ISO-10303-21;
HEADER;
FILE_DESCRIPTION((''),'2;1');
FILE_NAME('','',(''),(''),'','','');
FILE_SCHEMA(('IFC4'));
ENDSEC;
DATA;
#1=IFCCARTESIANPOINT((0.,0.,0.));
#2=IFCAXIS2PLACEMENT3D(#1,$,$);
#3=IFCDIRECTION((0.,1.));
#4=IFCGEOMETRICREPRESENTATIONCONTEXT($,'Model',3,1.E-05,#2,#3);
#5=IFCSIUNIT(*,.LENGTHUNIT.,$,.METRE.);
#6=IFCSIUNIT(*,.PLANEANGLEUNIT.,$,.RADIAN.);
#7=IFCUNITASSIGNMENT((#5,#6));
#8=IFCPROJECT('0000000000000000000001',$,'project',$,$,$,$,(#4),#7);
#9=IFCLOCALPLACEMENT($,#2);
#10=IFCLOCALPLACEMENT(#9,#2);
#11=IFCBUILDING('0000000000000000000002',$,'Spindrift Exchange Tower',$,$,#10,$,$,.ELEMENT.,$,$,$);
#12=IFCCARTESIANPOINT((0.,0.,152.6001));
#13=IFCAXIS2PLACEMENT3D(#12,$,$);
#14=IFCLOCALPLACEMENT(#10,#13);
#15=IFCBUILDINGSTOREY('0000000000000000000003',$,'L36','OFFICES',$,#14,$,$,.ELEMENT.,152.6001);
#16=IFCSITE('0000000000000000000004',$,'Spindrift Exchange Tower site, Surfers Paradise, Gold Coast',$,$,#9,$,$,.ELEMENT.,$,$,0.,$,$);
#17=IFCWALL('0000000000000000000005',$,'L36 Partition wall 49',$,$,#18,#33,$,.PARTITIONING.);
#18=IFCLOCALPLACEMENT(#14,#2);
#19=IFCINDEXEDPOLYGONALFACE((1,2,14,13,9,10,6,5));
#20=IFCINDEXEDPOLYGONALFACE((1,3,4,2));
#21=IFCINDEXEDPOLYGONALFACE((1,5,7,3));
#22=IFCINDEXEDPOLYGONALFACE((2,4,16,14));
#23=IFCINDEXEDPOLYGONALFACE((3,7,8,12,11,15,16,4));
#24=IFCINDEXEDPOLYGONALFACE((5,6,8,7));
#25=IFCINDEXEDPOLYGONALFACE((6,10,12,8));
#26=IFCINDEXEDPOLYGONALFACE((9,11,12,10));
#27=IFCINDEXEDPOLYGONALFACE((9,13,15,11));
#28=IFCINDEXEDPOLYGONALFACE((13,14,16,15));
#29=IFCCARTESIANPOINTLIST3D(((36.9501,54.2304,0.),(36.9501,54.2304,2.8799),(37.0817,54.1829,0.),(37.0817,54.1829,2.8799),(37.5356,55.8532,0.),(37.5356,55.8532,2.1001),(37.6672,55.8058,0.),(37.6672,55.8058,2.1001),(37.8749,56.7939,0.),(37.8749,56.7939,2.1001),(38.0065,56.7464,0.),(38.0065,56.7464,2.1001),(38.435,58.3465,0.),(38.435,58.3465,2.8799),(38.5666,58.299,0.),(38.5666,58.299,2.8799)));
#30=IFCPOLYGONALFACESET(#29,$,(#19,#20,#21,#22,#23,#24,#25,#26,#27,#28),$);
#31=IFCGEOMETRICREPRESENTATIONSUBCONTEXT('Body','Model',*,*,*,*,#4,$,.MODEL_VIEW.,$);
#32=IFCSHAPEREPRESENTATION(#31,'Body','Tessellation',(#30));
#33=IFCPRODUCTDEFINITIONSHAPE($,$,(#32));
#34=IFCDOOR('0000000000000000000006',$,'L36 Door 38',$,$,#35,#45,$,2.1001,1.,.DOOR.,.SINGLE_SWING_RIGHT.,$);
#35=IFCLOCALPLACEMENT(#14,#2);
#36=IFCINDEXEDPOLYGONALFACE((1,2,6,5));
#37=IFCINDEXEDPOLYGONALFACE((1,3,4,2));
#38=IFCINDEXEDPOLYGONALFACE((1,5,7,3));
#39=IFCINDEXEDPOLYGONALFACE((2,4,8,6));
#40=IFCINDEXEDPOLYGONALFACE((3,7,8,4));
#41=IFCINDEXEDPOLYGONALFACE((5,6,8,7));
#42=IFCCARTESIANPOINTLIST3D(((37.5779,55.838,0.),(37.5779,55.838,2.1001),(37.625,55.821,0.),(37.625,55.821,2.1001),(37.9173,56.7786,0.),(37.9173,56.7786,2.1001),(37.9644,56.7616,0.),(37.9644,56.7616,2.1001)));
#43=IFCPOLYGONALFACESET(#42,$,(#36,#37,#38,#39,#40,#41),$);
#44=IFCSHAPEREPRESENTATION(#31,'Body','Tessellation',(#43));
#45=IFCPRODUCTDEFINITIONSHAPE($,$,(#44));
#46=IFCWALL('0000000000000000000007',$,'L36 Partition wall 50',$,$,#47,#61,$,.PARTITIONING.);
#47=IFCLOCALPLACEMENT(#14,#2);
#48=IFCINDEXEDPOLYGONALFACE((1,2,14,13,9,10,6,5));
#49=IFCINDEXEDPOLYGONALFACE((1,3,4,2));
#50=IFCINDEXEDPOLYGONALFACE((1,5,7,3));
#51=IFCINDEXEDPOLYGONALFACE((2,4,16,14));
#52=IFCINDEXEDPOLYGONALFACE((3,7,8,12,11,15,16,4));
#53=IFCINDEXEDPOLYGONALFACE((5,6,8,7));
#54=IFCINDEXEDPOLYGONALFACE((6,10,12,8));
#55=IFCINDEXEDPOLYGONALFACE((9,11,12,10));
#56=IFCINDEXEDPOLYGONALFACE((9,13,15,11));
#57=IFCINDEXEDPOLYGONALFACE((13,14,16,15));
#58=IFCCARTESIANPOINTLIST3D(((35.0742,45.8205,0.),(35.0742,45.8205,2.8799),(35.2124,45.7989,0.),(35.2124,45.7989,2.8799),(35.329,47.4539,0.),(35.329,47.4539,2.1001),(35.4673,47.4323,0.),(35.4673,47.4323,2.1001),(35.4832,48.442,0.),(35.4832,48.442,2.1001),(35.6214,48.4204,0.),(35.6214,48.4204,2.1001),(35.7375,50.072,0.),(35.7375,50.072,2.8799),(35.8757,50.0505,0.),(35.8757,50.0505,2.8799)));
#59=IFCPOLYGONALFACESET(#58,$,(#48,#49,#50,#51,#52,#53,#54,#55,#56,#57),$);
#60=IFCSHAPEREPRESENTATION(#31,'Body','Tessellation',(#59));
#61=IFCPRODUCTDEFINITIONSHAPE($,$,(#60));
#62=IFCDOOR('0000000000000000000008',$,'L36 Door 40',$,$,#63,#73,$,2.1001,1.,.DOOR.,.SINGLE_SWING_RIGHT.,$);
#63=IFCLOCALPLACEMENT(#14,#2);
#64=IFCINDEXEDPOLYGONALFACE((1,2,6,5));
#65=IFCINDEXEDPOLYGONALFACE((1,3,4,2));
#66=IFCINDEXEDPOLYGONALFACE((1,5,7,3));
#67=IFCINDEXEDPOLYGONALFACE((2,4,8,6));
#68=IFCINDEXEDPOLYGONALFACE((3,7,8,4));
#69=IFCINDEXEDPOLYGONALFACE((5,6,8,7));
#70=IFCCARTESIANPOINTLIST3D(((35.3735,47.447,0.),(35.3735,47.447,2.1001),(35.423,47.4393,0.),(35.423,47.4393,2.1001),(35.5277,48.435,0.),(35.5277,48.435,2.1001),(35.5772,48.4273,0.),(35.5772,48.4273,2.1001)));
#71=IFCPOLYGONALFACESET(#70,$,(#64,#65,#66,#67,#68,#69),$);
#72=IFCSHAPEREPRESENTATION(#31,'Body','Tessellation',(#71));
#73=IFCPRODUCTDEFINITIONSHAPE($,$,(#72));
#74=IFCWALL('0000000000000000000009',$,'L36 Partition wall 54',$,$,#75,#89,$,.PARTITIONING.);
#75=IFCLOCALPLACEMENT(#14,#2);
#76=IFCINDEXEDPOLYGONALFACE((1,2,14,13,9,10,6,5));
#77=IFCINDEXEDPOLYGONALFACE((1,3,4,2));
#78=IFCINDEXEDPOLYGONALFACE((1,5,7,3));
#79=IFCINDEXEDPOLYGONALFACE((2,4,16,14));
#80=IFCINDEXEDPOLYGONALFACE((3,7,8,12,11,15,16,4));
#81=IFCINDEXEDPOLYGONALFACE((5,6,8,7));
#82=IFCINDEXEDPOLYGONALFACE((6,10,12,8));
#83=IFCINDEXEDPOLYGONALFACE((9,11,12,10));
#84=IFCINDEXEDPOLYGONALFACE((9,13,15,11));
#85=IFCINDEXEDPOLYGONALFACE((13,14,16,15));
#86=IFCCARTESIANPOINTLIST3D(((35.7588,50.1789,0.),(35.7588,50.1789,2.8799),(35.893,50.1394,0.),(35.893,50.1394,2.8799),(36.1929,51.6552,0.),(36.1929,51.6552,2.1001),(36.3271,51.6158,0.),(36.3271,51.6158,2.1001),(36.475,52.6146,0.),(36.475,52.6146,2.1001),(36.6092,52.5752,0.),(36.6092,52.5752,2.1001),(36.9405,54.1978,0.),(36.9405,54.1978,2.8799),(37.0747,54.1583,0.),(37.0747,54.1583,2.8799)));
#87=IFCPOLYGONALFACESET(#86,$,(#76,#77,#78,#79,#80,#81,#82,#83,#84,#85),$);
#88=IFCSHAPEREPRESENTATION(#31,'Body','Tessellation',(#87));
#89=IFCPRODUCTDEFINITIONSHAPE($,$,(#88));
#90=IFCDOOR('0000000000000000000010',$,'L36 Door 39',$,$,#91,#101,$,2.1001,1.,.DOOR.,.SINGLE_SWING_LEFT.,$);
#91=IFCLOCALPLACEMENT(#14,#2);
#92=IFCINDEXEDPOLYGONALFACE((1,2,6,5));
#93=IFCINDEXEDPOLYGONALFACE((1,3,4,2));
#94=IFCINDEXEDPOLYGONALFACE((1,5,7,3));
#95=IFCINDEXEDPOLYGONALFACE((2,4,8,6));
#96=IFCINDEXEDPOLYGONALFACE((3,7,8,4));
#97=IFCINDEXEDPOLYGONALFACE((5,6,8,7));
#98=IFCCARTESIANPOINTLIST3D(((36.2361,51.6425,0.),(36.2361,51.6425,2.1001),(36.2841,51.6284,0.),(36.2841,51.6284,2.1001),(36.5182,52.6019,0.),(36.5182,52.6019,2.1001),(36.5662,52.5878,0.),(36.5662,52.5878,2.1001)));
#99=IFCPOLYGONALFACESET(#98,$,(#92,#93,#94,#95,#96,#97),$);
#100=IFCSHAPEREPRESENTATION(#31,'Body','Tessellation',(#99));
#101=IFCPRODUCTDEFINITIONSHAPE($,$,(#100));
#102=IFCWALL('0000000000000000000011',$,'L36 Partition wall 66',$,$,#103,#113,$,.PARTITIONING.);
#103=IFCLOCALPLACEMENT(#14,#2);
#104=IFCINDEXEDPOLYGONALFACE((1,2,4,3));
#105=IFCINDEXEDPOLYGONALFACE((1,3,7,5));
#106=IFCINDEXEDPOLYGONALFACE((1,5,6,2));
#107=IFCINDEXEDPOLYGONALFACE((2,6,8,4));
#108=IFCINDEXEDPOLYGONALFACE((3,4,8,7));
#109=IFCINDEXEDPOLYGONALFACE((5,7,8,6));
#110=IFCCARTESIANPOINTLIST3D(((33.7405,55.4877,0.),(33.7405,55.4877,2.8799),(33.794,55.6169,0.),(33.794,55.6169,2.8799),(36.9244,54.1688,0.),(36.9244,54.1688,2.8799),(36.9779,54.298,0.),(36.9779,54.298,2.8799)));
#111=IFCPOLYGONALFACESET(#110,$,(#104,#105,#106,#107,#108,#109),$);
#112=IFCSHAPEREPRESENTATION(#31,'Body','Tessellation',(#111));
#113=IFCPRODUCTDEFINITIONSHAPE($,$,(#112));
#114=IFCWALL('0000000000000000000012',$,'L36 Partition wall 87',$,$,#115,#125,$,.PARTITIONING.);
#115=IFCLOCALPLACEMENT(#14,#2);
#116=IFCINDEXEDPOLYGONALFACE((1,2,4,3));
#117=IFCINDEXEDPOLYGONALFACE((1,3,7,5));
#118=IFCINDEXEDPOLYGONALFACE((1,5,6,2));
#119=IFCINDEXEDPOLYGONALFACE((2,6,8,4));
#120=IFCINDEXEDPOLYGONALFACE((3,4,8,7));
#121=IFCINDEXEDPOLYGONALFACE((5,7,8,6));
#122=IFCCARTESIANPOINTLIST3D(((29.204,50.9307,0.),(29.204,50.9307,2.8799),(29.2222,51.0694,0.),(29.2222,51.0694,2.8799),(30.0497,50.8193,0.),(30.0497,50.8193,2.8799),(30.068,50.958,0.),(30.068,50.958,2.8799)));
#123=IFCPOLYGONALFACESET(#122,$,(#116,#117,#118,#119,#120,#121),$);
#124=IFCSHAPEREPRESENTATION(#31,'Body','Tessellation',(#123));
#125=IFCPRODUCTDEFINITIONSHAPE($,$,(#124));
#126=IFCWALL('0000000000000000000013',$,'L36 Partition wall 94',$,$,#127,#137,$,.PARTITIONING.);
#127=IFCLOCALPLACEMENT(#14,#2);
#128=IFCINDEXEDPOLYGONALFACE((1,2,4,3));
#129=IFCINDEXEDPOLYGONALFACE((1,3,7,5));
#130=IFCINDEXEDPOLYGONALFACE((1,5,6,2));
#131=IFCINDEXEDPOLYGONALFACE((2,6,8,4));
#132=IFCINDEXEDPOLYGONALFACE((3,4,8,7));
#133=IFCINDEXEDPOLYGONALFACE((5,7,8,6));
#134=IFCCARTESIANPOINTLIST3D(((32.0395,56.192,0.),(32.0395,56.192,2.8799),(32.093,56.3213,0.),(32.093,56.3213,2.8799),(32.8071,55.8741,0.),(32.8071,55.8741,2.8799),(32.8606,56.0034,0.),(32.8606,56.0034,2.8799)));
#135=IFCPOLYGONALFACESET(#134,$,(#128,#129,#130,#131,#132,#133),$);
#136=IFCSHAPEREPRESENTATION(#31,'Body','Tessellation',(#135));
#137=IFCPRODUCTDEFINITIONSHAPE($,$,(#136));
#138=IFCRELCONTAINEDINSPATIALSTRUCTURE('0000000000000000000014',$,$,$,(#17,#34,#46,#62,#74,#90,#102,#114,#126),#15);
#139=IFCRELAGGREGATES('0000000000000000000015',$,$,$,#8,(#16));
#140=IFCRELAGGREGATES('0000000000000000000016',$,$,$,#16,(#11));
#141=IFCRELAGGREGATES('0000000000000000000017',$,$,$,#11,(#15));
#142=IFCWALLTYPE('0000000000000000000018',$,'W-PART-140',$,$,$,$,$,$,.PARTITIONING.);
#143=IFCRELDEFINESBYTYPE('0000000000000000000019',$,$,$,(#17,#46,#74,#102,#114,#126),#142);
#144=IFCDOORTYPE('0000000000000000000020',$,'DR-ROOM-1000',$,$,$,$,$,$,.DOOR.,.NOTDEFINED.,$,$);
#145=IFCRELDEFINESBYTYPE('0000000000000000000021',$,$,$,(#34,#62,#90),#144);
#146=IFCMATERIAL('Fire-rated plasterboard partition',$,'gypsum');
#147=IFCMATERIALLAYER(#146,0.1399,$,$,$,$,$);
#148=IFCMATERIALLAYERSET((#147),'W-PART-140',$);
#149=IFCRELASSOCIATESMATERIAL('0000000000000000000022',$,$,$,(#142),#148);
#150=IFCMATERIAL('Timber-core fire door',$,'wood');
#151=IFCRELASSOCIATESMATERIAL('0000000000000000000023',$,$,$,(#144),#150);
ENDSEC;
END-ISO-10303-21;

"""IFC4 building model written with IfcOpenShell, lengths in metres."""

from ifc_helpers import new_model, si_unit, direction, frame, frame_2d, origin, place, context, subcontext, project, spatial, rectangle, extrude, source, transform, mapped, material, layer, layer_set, type_object, element, fill, save


model = new_model("IFC4")

# Units and contexts
model_context = context("Model", 3, precision=1e-05, world=origin(), true_north=direction((0.0, 1.0)))
body_context = subcontext(model_context, "Body", "Model", "MODEL_VIEW")
ifc_project = project(units=[si_unit("LENGTHUNIT", "METRE"), si_unit("PLANEANGLEUNIT", "RADIAN")], contexts=[model_context])

# Site, building, storey
site_placement = place(None, origin())
site = spatial("IfcSite", under=ifc_project, at=site_placement, Name="Spindrift Exchange Tower site, Surfers Paradise, Gold Coast", CompositionType="ELEMENT", RefElevation=0.0)
building_placement = place(site_placement, origin())
building = spatial("IfcBuilding", under=site, at=building_placement, Name="Spindrift Exchange Tower", CompositionType="ELEMENT")
storey_placement = place(building_placement, frame((0.0, 0.0, 152.6001)))
storey = spatial("IfcBuildingStorey", under=building, at=storey_placement, Name="L36", Description="OFFICES", CompositionType="ELEMENT", Elevation=152.6001)

# Shared definitions
ifc_material_1 = material(Name="Fire-rated plasterboard partition", Category="gypsum")
ifc_layer_1 = layer(ifc_material_1, 0.1399)
ifc_layer_set_1 = layer_set([ifc_layer_1], Name="W-PART-140")
wall_type = type_object("IfcWallType", Name="W-PART-140", PredefinedType="PARTITIONING", material=ifc_layer_set_1)

# Walls, openings, doors
wall_1_placement = place(storey_placement, frame((37.0159, 54.2065, 0.0), z_axis=(0.0, 0.0, 1.0), x_axis=(0.33935, 0.94066, 0.0)))
wall_1 = element("IfcWall", 1, at=wall_1_placement, inside=storey, type_object=wall_type, Name="L36 Partition wall 49", PredefinedType="PARTITIONING", context=body_context, shape_type="SweptSolid", body=[
    extrude(rectangle(XDim=4.3757, YDim=0.1399, at=frame_2d((2.188, 0.0))), origin(), (0.0, 0.0, 1.0), 2.8799),
])
opening_1_placement = place(wall_1_placement, frame((1.7253, 0.0, 0.0)))
opening_1 = element("IfcOpeningElement", 2, at=opening_1_placement, cuts=wall_1, PredefinedType="OPENING", context=body_context, shape_type="SweptSolid", body=[
    extrude(rectangle(XDim=1.0, YDim=2.1001, at=frame_2d((0.5, 1.05))), frame((0.0, 0.0798, 0.0), z_axis=(0.0, -1.0, 0.0), x_axis=(1.0, 0.0, 0.0)), (0.0, 0.0, 1.0), 0.1599),
])
ifc_material_2 = material(Name="Timber-core fire door", Category="wood")
door_type = type_object("IfcDoorType", Name="DR-ROOM-1000", OperationType="NOTDEFINED", PredefinedType="DOOR", material=ifc_material_2)
shared_shape_1 = source(origin(), body_context, "Body", "SweptSolid", [
    extrude(rectangle(XDim=1.0, YDim=2.1001, at=frame_2d((0.5, 1.05))), frame((0.0, 0.0249, 0.0), z_axis=(0.0, -1.0, 0.0), x_axis=(1.0, 0.0, 0.0)), (0.0, 0.0, 1.0), 0.05),
])
door_1_placement = place(opening_1_placement, origin())
door_1 = element("IfcDoor", 3, at=door_1_placement, inside=storey, type_object=door_type, Name="L36 Door 38", OperationType="SINGLE_SWING_RIGHT", OverallHeight=2.1001, OverallWidth=1.0, PredefinedType="DOOR", context=body_context, shape_type="MappedRepresentation", body=[
    mapped(shared_shape_1, transform((0.0, 0.0, 0.0), scale=1.0)),
])
fill(opening_1, door_1)
wall_2_placement = place(storey_placement, frame((35.1433, 45.8098, 0.0), z_axis=(0.0, 0.0, 1.0), x_axis=(0.154159, 0.988046, 0.0)))
wall_2 = element("IfcWall", 4, at=wall_2_placement, inside=storey, type_object=wall_type, Name="L36 Partition wall 50", PredefinedType="PARTITIONING", context=body_context, shape_type="SweptSolid", body=[
    extrude(rectangle(XDim=4.303, YDim=0.1399, at=frame_2d((2.1514, 0.0))), origin(), (0.0, 0.0, 1.0), 2.8799),
])
opening_2_placement = place(wall_2_placement, frame((1.6531, 0.0, 0.0)))
opening_2 = element("IfcOpeningElement", 5, at=opening_2_placement, cuts=wall_2, PredefinedType="OPENING", context=body_context, shape_type="SweptSolid", body=[
    extrude(rectangle(XDim=1.0, YDim=2.1001, at=frame_2d((0.5, 1.05))), frame((0.0, 0.0798, 0.0), z_axis=(0.0, -1.0, 0.0), x_axis=(1.0, 0.0, 0.0)), (0.0, 0.0, 1.0), 0.1599),
])
door_2_placement = place(opening_2_placement, origin())
door_2 = element("IfcDoor", 6, at=door_2_placement, inside=storey, type_object=door_type, Name="L36 Door 40", OperationType="SINGLE_SWING_RIGHT", OverallHeight=2.1001, OverallWidth=1.0, PredefinedType="DOOR", context=body_context, shape_type="MappedRepresentation", body=[
    mapped(shared_shape_1, transform((0.0, 0.0, 0.0), scale=1.0)),
])
fill(opening_2, door_2)
wall_3_placement = place(storey_placement, frame((35.8259, 50.1592, 0.0), z_axis=(0.0, 0.0, 1.0), x_axis=(0.282087, 0.959389, 0.0)))
wall_3 = element("IfcWall", 7, at=wall_3_placement, inside=storey, type_object=wall_type, Name="L36 Partition wall 54", PredefinedType="PARTITIONING", context=body_context, shape_type="SweptSolid", body=[
    extrude(rectangle(XDim=4.189, YDim=0.1399, at=frame_2d((2.0945, 0.0))), origin(), (0.0, 0.0, 1.0), 2.8799),
])
opening_3_placement = place(wall_3_placement, frame((1.5388, 0.0, 0.0)))
opening_3 = element("IfcOpeningElement", 8, at=opening_3_placement, cuts=wall_3, PredefinedType="OPENING", context=body_context, shape_type="SweptSolid", body=[
    extrude(rectangle(XDim=1.0, YDim=2.1001, at=frame_2d((0.5, 1.05))), frame((0.0, 0.0798, 0.0), z_axis=(0.0, -1.0, 0.0), x_axis=(1.0, 0.0, 0.0)), (0.0, 0.0, 1.0), 0.1599),
])
door_3_placement = place(opening_3_placement, origin())
door_3 = element("IfcDoor", 9, at=door_3_placement, inside=storey, type_object=door_type, Name="L36 Door 39", OperationType="SINGLE_SWING_LEFT", OverallHeight=2.1001, OverallWidth=1.0, PredefinedType="DOOR", context=body_context, shape_type="MappedRepresentation", body=[
    mapped(shared_shape_1, transform((0.0, 0.0, 0.0), scale=1.0)),
])
fill(opening_3, door_3)

# Walls
wall_4_placement = place(storey_placement, frame((36.9512, 54.2334, 0.0), z_axis=(0.0, 0.0, 1.0), x_axis=(-0.923873, 0.382698, 0.0)))
element("IfcWall", 10, at=wall_4_placement, inside=storey, type_object=wall_type, Name="L36 Partition wall 66", PredefinedType="PARTITIONING", context=body_context, shape_type="SweptSolid", body=[
    extrude(rectangle(XDim=3.4463, YDim=0.1399, at=frame_2d((1.7231, 0.0))), origin(), (0.0, 0.0, 1.0), 2.8799),
])
wall_5_placement = place(storey_placement, frame((30.0588, 50.8887, 0.0), z_axis=(0.0, 0.0, 1.0), x_axis=(-0.991447, 0.130514, 0.0)))
element("IfcWall", 11, at=wall_5_placement, inside=storey, type_object=wall_type, Name="L36 Partition wall 87", PredefinedType="PARTITIONING", context=body_context, shape_type="SweptSolid", body=[
    extrude(rectangle(XDim=0.853, YDim=0.1399, at=frame_2d((0.4265, 0.0))), origin(), (0.0, 0.0, 1.0), 2.8799),
])
wall_6_placement = place(storey_placement, frame((32.834, 55.9387, 0.0), z_axis=(0.0, 0.0, 1.0), x_axis=(-0.923909, 0.382611, 0.0)))
element("IfcWall", 12, at=wall_6_placement, inside=storey, type_object=wall_type, Name="L36 Partition wall 94", PredefinedType="PARTITIONING", context=body_context, shape_type="SweptSolid", body=[
    extrude(rectangle(XDim=0.8308, YDim=0.1399, at=frame_2d((0.4155, 0.0))), origin(), (0.0, 0.0, 1.0), 2.8799),
])

save(model, "model.ifc")
